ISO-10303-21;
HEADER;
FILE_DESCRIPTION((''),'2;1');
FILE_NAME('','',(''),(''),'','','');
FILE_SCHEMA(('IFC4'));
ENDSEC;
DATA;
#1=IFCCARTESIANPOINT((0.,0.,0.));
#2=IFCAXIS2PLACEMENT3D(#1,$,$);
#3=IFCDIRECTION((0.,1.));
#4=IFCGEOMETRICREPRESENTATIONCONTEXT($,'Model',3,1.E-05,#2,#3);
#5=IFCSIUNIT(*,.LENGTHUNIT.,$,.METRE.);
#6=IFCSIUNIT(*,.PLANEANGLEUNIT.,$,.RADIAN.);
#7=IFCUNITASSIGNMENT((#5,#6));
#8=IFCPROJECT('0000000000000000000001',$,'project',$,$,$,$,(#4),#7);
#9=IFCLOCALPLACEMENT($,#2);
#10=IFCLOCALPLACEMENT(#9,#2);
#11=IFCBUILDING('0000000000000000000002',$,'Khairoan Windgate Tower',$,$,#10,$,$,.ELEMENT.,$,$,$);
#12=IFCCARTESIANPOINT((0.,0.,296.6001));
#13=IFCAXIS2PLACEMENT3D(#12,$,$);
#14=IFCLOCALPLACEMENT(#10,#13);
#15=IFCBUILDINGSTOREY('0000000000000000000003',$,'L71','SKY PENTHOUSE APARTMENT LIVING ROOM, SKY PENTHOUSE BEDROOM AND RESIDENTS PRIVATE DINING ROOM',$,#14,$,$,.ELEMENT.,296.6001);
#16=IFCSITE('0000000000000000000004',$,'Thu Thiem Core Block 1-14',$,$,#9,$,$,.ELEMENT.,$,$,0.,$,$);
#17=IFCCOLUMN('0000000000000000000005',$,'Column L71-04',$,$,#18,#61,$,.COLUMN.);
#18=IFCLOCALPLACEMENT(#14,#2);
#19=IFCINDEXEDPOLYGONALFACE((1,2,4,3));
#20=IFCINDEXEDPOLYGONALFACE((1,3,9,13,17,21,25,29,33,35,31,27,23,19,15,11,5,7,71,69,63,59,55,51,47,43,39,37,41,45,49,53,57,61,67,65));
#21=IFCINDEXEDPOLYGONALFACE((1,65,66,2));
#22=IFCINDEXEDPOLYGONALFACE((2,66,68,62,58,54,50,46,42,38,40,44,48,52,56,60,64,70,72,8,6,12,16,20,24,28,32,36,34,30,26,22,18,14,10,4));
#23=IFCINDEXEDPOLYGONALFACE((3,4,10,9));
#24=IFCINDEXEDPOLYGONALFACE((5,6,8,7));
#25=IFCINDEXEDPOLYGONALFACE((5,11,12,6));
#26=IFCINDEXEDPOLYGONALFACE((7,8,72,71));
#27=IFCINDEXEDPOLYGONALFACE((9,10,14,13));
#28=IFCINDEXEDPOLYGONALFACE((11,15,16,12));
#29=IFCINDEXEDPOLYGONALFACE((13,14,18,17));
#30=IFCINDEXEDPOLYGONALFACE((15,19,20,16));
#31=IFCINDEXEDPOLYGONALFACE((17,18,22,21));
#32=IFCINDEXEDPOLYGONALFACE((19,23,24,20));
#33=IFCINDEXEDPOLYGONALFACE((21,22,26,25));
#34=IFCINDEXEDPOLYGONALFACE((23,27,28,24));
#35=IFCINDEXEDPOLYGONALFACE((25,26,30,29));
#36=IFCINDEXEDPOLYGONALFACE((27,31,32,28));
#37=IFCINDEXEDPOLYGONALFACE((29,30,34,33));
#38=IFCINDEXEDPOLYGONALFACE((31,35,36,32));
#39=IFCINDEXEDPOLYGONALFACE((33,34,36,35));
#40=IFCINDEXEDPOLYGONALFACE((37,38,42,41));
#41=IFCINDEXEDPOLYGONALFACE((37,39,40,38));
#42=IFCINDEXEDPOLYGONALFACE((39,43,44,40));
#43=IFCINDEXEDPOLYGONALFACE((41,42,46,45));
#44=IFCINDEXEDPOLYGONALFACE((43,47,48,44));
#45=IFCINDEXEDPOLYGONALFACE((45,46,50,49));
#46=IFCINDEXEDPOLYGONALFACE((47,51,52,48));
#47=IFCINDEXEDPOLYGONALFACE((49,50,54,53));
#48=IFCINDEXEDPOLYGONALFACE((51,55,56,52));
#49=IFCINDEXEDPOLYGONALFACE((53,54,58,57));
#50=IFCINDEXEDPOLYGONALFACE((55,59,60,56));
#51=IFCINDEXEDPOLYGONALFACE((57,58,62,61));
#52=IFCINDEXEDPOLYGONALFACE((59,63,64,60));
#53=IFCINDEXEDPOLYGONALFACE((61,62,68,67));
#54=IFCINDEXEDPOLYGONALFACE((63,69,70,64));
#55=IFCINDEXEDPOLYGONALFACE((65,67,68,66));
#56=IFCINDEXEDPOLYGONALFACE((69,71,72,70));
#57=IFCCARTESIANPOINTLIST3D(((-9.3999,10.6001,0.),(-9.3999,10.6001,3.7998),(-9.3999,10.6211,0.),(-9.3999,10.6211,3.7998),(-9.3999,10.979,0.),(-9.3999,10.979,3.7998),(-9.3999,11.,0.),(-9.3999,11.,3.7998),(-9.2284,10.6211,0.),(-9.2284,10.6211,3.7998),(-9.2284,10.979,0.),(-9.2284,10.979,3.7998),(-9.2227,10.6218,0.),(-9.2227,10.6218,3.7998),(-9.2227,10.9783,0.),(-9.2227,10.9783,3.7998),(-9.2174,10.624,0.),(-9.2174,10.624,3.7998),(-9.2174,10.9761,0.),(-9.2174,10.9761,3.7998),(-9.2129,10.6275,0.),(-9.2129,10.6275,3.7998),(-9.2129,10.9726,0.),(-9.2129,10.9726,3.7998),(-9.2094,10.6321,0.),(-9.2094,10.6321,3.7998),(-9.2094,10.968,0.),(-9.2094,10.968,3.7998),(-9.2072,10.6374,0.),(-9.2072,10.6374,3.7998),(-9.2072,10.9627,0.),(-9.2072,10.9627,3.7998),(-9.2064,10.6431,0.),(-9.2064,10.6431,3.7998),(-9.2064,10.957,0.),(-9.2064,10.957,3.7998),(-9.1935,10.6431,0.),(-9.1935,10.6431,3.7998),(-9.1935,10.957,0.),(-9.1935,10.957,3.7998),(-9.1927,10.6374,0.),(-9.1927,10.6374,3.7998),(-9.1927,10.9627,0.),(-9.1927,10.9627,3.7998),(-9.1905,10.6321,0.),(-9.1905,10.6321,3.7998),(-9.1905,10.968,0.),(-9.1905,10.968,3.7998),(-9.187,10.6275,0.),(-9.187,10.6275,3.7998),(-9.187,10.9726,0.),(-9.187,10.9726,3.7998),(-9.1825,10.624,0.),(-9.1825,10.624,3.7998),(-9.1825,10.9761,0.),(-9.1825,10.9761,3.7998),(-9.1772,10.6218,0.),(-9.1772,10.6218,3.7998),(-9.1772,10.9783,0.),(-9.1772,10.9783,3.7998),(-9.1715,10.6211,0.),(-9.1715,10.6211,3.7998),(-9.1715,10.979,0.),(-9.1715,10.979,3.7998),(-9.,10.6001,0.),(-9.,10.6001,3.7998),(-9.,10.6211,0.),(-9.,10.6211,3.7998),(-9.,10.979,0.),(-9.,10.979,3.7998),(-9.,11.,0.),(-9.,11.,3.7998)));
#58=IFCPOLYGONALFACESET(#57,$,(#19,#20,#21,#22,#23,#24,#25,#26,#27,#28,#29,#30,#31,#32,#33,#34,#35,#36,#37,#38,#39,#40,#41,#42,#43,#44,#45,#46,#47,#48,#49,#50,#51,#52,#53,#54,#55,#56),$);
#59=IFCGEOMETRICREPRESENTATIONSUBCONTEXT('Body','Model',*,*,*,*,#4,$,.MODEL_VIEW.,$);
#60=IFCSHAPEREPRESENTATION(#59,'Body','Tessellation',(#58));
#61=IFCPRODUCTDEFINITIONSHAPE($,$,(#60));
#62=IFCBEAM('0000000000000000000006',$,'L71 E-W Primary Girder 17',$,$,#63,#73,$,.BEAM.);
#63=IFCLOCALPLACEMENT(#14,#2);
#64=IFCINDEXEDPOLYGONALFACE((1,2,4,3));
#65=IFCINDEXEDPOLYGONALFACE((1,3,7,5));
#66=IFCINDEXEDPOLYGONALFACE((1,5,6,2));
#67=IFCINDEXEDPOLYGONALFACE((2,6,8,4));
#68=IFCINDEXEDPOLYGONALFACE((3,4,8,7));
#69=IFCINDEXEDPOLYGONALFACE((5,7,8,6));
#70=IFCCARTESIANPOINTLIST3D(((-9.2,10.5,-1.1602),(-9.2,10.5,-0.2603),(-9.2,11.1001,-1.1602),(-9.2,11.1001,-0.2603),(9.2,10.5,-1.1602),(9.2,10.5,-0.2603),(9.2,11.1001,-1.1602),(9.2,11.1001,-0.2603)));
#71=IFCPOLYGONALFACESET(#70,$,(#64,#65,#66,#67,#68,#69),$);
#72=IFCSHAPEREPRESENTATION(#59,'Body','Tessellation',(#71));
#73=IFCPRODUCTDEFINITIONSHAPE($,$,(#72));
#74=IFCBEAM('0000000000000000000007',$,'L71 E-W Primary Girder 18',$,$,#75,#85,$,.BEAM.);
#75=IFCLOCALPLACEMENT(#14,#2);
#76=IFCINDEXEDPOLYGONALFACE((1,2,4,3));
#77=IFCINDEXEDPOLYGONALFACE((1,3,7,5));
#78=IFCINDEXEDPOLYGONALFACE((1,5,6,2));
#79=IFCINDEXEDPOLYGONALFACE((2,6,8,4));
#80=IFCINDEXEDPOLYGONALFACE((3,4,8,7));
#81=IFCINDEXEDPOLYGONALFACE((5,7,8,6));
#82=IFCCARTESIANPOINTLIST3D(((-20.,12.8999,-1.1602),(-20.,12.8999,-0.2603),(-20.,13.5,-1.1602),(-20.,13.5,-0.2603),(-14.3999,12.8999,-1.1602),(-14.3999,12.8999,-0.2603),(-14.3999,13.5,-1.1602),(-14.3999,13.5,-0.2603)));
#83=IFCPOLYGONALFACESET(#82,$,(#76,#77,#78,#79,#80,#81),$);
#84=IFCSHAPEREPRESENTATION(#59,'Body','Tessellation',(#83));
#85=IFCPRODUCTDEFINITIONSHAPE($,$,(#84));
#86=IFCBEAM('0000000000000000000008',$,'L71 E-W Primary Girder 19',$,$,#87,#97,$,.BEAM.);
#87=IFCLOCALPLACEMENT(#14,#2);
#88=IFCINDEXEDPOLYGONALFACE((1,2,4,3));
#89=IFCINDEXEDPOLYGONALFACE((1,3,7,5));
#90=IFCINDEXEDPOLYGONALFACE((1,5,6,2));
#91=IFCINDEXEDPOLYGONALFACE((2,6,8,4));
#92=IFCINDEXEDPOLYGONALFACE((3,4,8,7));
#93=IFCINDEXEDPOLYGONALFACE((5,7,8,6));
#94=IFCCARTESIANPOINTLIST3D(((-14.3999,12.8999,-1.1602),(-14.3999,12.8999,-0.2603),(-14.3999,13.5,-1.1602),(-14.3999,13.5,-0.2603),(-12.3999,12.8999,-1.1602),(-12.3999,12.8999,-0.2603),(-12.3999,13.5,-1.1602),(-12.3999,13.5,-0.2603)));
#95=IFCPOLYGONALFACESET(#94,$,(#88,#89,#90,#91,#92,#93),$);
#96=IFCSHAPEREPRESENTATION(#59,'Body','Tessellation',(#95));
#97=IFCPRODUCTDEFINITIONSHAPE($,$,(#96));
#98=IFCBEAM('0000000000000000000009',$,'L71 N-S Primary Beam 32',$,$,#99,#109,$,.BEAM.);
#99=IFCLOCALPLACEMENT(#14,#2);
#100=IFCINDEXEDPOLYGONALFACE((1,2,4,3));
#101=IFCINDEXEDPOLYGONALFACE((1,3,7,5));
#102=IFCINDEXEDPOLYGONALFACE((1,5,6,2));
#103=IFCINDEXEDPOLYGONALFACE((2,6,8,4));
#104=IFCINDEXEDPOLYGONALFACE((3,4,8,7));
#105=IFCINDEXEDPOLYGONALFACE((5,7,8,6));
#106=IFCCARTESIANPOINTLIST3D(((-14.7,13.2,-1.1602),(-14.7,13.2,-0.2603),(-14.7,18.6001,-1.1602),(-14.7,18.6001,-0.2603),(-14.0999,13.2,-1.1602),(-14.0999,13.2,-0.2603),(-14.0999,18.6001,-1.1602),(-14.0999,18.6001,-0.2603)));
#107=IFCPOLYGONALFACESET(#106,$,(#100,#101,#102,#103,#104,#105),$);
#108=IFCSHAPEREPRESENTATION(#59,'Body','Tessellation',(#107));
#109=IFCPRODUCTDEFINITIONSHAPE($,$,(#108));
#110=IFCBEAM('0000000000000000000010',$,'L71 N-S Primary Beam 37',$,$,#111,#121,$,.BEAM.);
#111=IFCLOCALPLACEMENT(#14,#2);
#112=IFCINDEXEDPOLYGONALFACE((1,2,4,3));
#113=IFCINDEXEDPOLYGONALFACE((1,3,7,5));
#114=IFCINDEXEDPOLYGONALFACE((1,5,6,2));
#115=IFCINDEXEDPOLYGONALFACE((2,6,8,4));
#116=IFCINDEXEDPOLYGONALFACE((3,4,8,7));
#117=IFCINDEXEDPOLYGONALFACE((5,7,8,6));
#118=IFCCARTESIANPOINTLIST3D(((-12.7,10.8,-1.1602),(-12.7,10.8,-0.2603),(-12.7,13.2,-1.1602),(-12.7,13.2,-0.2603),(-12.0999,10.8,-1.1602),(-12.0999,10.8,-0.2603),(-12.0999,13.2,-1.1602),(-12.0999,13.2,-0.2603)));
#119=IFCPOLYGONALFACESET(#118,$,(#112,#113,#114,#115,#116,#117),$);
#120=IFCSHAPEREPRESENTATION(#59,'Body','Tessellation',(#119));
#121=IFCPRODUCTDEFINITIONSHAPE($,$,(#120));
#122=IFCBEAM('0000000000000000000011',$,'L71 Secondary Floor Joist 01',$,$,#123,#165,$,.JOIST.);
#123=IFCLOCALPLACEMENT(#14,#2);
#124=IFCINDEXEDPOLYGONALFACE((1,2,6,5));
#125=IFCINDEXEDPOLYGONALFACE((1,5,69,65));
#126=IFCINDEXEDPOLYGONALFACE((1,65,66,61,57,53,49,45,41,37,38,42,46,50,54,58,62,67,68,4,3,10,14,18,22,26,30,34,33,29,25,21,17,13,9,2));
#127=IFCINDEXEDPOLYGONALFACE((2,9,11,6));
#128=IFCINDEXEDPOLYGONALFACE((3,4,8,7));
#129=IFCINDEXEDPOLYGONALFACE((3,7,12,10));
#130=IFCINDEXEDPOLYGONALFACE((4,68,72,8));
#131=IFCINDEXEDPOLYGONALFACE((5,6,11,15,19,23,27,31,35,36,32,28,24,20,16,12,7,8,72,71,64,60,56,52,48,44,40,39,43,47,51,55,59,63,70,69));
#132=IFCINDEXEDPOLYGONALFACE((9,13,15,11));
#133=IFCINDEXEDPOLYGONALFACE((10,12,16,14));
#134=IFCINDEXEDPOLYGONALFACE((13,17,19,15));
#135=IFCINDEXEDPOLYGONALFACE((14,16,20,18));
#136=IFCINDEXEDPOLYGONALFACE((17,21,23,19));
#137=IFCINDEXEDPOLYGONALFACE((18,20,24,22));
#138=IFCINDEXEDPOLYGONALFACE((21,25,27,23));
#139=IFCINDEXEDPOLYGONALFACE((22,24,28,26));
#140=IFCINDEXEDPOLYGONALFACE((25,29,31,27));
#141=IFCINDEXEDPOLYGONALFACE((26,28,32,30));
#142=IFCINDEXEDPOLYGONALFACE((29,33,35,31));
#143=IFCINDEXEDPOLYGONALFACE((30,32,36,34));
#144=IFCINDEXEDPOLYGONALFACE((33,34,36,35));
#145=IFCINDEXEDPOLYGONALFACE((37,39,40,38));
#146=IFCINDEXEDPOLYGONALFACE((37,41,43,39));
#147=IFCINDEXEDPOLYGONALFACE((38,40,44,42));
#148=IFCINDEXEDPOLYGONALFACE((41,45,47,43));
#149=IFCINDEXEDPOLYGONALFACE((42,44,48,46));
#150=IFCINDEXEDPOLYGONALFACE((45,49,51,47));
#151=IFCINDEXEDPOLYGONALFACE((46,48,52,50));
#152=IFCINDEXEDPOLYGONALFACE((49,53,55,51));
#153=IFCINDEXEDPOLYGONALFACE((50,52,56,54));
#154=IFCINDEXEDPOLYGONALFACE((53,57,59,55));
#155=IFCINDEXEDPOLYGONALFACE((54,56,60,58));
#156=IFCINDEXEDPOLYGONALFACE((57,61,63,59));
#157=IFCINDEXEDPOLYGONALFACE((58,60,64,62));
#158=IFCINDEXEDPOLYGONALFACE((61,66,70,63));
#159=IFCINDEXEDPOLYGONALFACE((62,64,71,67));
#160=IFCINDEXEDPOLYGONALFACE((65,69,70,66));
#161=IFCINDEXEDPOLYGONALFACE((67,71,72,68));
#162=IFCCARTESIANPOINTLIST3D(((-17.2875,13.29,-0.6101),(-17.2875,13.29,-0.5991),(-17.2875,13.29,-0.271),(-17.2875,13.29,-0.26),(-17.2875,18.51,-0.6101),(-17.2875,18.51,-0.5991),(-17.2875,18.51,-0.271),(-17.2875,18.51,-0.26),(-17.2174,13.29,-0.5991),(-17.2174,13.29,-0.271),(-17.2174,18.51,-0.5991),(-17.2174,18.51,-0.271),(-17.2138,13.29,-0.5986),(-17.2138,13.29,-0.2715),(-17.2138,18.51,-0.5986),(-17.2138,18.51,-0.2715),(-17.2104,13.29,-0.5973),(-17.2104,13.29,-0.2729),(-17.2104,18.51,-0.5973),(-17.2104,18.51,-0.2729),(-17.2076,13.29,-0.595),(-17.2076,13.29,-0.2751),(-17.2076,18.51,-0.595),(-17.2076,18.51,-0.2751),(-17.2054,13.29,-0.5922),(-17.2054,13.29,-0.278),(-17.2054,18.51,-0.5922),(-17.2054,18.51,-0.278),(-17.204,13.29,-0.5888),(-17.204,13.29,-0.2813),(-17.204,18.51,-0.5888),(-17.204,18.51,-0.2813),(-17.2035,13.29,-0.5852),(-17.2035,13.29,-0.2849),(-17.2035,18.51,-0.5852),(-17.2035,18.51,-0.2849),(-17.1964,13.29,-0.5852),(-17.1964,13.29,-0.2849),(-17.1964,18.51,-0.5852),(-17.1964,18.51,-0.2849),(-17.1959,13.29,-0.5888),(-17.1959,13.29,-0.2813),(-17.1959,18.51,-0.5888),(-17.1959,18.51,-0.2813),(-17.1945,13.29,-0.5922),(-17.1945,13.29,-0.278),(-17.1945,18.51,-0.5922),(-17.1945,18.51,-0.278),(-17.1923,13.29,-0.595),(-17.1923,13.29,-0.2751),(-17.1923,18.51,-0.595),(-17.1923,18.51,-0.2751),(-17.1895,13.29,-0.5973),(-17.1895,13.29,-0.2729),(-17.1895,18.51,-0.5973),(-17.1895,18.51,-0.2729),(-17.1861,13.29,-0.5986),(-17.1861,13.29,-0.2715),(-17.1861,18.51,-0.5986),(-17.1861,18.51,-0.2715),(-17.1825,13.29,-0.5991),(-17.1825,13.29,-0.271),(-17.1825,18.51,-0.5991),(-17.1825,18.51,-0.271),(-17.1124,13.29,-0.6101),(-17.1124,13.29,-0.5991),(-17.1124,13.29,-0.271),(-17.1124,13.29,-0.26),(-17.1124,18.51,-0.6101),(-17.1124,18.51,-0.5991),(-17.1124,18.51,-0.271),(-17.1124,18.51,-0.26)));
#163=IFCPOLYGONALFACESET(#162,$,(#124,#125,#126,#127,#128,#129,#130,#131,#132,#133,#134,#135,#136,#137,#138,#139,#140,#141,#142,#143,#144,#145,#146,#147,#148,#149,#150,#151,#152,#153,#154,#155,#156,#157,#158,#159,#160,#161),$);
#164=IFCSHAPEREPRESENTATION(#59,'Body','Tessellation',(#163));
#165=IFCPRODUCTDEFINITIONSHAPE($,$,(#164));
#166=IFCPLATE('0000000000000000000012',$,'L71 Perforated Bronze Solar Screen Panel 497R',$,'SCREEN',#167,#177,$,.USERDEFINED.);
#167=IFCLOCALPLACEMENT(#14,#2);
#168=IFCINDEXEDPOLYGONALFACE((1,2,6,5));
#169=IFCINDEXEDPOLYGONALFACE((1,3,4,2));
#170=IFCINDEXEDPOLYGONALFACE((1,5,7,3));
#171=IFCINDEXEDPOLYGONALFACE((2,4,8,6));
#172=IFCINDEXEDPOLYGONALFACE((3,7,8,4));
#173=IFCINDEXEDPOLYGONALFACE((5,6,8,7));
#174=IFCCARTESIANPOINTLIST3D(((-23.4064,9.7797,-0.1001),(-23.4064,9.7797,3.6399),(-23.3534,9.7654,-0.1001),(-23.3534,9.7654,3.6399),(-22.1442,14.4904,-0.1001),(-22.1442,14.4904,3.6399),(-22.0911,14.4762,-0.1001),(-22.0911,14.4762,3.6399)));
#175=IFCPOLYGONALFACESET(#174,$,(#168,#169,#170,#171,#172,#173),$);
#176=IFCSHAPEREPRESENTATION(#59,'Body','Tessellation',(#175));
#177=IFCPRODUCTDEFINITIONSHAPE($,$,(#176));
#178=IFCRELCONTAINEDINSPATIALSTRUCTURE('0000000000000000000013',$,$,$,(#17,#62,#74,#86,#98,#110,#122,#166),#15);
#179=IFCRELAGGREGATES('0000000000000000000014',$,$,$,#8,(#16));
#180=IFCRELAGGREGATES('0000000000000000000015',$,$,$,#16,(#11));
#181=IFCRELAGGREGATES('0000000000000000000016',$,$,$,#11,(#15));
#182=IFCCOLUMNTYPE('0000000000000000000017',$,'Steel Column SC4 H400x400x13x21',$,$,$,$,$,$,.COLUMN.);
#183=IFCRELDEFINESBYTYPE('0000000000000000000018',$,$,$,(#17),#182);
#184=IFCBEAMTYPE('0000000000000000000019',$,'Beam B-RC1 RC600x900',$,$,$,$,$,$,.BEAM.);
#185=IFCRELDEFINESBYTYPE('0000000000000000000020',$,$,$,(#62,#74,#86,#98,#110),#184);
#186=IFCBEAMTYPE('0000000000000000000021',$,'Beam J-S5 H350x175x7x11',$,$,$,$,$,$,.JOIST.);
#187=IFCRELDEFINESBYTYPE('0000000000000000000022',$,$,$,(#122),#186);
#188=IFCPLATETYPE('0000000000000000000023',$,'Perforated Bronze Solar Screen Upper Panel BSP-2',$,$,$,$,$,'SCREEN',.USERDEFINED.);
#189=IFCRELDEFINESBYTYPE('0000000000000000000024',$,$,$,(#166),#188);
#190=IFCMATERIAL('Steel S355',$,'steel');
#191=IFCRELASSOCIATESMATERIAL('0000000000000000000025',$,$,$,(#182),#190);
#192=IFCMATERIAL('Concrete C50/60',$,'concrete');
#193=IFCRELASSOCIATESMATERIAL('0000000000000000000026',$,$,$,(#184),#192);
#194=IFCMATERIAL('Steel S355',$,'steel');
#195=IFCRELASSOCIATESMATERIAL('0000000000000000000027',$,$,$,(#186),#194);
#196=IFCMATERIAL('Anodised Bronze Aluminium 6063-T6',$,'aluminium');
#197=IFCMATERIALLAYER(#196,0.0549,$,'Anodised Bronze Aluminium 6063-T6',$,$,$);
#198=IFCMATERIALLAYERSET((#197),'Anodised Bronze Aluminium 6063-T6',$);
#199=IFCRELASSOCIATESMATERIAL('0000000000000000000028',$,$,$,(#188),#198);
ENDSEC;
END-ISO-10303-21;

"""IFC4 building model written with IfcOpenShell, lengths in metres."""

from ifc_helpers import new_model, si_unit, direction, frame, origin, origin_2d, place, context, subcontext, project, spatial, rectangle, i_section, extrude, material, layer, layer_set, material_profile, profile_set, type_object, element, save


model = new_model("IFC4")

# Units and contexts
model_context = context("Model", 3, precision=1e-05, world=origin(), true_north=direction((0.0, 1.0)))
body_context = subcontext(model_context, "Body", "Model", "MODEL_VIEW")
ifc_project = project(units=[si_unit("LENGTHUNIT", "METRE"), si_unit("PLANEANGLEUNIT", "RADIAN")], contexts=[model_context])

# Site, building, storey
site_placement = place(None, origin())
site = spatial("IfcSite", under=ifc_project, at=site_placement, Name="Thu Thiem Core Block 1-14", CompositionType="ELEMENT", RefElevation=0.0)
building_placement = place(site_placement, origin())
building = spatial("IfcBuilding", under=site, at=building_placement, Name="Khairoan Windgate Tower", CompositionType="ELEMENT")
storey_placement = place(building_placement, frame((0.0, 0.0, 296.6001)))
storey = spatial("IfcBuildingStorey", under=building, at=storey_placement, Name="L71", Description="SKY PENTHOUSE APARTMENT LIVING ROOM, SKY PENTHOUSE BEDROOM AND RESIDENTS PRIVATE DINING ROOM", CompositionType="ELEMENT", Elevation=296.6001)

# Column
ifc_material_1 = material(Name="Steel S355", Category="steel")
ifc_material_profile_1 = material_profile(ifc_material_1, i_section(OverallWidth=0.3999, OverallDepth=0.3999, WebThickness=0.0129, FlangeThickness=0.021, FilletRadius=0.022, at=origin_2d()))
ifc_profile_set_1 = profile_set([ifc_material_profile_1], Name="Steel S355")
column_type = type_object("IfcColumnType", Name="Steel Column SC4 H400x400x13x21", PredefinedType="COLUMN", material=ifc_profile_set_1)
column_placement = place(storey_placement, frame((-9.2, 10.8, 0.0), z_axis=(0.0, 0.0, 1.0), x_axis=(1.0, 0.0, 0.0)))
element("IfcColumn", 1, at=column_placement, inside=storey, type_object=column_type, Name="Column L71-04", PredefinedType="COLUMN", context=body_context, shape_type="SweptSolid", body=[
    extrude(i_section(OverallWidth=0.3999, OverallDepth=0.3999, WebThickness=0.0129, FlangeThickness=0.021, FilletRadius=0.022, at=origin_2d()), origin(), (0.0, 0.0, 1.0), 3.7998),
])

# Beams
ifc_material_2 = material(Name="Concrete C50/60", Category="concrete")
ifc_material_profile_2 = material_profile(ifc_material_2, rectangle(XDim=0.6001, YDim=0.8999, at=origin_2d()))
ifc_profile_set_2 = profile_set([ifc_material_profile_2], Name="Concrete C50/60")
beam_type_1 = type_object("IfcBeamType", Name="Beam B-RC1 RC600x900", PredefinedType="BEAM", material=ifc_profile_set_2)
beam_1_placement = place(storey_placement, frame((-9.2, 10.8, -0.7102), z_axis=(1.0, 0.0, 0.0), x_axis=(0.0, 1.0, 0.0)))
element("IfcBeam", 2, at=beam_1_placement, inside=storey, type_object=beam_type_1, Name="L71 E-W Primary Girder 17", PredefinedType="BEAM", context=body_context, shape_type="SweptSolid", body=[
    extrude(rectangle(XDim=0.6001, YDim=0.8999, at=origin_2d()), origin(), (0.0, 0.0, 1.0), 18.3999),
])
beam_2_placement = place(storey_placement, frame((-20.0, 13.2, -0.7102), z_axis=(1.0, 0.0, 0.0), x_axis=(0.0, 1.0, 0.0)))
element("IfcBeam", 3, at=beam_2_placement, inside=storey, type_object=beam_type_1, Name="L71 E-W Primary Girder 18", PredefinedType="BEAM", context=body_context, shape_type="SweptSolid", body=[
    extrude(rectangle(XDim=0.6001, YDim=0.8999, at=origin_2d()), origin(), (0.0, 0.0, 1.0), 5.6001),
])
beam_3_placement = place(storey_placement, frame((-14.3999, 13.2, -0.7102), z_axis=(1.0, 0.0, 0.0), x_axis=(0.0, 1.0, 0.0)))
element("IfcBeam", 4, at=beam_3_placement, inside=storey, type_object=beam_type_1, Name="L71 E-W Primary Girder 19", PredefinedType="BEAM", context=body_context, shape_type="SweptSolid", body=[
    extrude(rectangle(XDim=0.6001, YDim=0.8999, at=origin_2d()), origin(), (0.0, 0.0, 1.0), 2.0),
])
beam_4_placement = place(storey_placement, frame((-14.3999, 13.2, -0.7102), z_axis=(0.0, 1.0, 0.0), x_axis=(-1.0, 0.0, 0.0)))
element("IfcBeam", 5, at=beam_4_placement, inside=storey, type_object=beam_type_1, Name="L71 N-S Primary Beam 32", PredefinedType="BEAM", context=body_context, shape_type="SweptSolid", body=[
    extrude(rectangle(XDim=0.6001, YDim=0.8999, at=origin_2d()), origin(), (0.0, 0.0, 1.0), 5.4001),
])
beam_5_placement = place(storey_placement, frame((-12.3999, 10.8, -0.7102), z_axis=(0.0, 1.0, 0.0), x_axis=(-1.0, 0.0, 0.0)))
element("IfcBeam", 6, at=beam_5_placement, inside=storey, type_object=beam_type_1, Name="L71 N-S Primary Beam 37", PredefinedType="BEAM", context=body_context, shape_type="SweptSolid", body=[
    extrude(rectangle(XDim=0.6001, YDim=0.8999, at=origin_2d()), origin(), (0.0, 0.0, 1.0), 2.3999),
])
ifc_material_3 = material(Name="Steel S355", Category="steel")
ifc_material_profile_3 = material_profile(ifc_material_3, i_section(OverallWidth=0.175, OverallDepth=0.3501, WebThickness=0.0071, FlangeThickness=0.011, FilletRadius=0.0139, at=origin_2d()))
ifc_profile_set_3 = profile_set([ifc_material_profile_3], Name="Steel S355")
beam_type_2 = type_object("IfcBeamType", Name="Beam J-S5 H350x175x7x11", PredefinedType="JOIST", material=ifc_profile_set_3)
beam_6_placement = place(storey_placement, frame((-17.2, 13.29, -0.4351), z_axis=(0.0, 1.0, 0.0), x_axis=(-1.0, 0.0, 0.0)))
element("IfcBeam", 7, at=beam_6_placement, inside=storey, type_object=beam_type_2, Name="L71 Secondary Floor Joist 01", PredefinedType="JOIST", context=body_context, shape_type="SweptSolid", body=[
    extrude(i_section(OverallWidth=0.175, OverallDepth=0.3501, WebThickness=0.0071, FlangeThickness=0.011, FilletRadius=0.0139, at=origin_2d()), origin(), (0.0, 0.0, 1.0), 5.22),
])

# Plate
ifc_material_4 = material(Name="Anodised Bronze Aluminium 6063-T6", Category="aluminium")
ifc_layer_1 = layer(ifc_material_4, 0.0549, Name="Anodised Bronze Aluminium 6063-T6")
ifc_layer_set_1 = layer_set([ifc_layer_1], Name="Anodised Bronze Aluminium 6063-T6")
plate_type = type_object("IfcPlateType", Name="Perforated Bronze Solar Screen Upper Panel BSP-2", ElementType="SCREEN", PredefinedType="USERDEFINED", material=ifc_layer_set_1)
plate_placement = place(storey_placement, frame((-22.7488, 12.1279, -0.1001), z_axis=(0.0, 0.0, 1.0), x_axis=(0.258819, 0.965926, 0.0)))
element("IfcPlate", 8, at=plate_placement, inside=storey, type_object=plate_type, Name="L71 Perforated Bronze Solar Screen Panel 497R", ObjectType="SCREEN", PredefinedType="USERDEFINED", context=body_context, shape_type="SweptSolid", body=[
    extrude(rectangle(XDim=4.877, YDim=0.0549, at=origin_2d()), origin(), (0.0, 0.0, 1.0), 3.74),
])

save(model, "model.ifc")
